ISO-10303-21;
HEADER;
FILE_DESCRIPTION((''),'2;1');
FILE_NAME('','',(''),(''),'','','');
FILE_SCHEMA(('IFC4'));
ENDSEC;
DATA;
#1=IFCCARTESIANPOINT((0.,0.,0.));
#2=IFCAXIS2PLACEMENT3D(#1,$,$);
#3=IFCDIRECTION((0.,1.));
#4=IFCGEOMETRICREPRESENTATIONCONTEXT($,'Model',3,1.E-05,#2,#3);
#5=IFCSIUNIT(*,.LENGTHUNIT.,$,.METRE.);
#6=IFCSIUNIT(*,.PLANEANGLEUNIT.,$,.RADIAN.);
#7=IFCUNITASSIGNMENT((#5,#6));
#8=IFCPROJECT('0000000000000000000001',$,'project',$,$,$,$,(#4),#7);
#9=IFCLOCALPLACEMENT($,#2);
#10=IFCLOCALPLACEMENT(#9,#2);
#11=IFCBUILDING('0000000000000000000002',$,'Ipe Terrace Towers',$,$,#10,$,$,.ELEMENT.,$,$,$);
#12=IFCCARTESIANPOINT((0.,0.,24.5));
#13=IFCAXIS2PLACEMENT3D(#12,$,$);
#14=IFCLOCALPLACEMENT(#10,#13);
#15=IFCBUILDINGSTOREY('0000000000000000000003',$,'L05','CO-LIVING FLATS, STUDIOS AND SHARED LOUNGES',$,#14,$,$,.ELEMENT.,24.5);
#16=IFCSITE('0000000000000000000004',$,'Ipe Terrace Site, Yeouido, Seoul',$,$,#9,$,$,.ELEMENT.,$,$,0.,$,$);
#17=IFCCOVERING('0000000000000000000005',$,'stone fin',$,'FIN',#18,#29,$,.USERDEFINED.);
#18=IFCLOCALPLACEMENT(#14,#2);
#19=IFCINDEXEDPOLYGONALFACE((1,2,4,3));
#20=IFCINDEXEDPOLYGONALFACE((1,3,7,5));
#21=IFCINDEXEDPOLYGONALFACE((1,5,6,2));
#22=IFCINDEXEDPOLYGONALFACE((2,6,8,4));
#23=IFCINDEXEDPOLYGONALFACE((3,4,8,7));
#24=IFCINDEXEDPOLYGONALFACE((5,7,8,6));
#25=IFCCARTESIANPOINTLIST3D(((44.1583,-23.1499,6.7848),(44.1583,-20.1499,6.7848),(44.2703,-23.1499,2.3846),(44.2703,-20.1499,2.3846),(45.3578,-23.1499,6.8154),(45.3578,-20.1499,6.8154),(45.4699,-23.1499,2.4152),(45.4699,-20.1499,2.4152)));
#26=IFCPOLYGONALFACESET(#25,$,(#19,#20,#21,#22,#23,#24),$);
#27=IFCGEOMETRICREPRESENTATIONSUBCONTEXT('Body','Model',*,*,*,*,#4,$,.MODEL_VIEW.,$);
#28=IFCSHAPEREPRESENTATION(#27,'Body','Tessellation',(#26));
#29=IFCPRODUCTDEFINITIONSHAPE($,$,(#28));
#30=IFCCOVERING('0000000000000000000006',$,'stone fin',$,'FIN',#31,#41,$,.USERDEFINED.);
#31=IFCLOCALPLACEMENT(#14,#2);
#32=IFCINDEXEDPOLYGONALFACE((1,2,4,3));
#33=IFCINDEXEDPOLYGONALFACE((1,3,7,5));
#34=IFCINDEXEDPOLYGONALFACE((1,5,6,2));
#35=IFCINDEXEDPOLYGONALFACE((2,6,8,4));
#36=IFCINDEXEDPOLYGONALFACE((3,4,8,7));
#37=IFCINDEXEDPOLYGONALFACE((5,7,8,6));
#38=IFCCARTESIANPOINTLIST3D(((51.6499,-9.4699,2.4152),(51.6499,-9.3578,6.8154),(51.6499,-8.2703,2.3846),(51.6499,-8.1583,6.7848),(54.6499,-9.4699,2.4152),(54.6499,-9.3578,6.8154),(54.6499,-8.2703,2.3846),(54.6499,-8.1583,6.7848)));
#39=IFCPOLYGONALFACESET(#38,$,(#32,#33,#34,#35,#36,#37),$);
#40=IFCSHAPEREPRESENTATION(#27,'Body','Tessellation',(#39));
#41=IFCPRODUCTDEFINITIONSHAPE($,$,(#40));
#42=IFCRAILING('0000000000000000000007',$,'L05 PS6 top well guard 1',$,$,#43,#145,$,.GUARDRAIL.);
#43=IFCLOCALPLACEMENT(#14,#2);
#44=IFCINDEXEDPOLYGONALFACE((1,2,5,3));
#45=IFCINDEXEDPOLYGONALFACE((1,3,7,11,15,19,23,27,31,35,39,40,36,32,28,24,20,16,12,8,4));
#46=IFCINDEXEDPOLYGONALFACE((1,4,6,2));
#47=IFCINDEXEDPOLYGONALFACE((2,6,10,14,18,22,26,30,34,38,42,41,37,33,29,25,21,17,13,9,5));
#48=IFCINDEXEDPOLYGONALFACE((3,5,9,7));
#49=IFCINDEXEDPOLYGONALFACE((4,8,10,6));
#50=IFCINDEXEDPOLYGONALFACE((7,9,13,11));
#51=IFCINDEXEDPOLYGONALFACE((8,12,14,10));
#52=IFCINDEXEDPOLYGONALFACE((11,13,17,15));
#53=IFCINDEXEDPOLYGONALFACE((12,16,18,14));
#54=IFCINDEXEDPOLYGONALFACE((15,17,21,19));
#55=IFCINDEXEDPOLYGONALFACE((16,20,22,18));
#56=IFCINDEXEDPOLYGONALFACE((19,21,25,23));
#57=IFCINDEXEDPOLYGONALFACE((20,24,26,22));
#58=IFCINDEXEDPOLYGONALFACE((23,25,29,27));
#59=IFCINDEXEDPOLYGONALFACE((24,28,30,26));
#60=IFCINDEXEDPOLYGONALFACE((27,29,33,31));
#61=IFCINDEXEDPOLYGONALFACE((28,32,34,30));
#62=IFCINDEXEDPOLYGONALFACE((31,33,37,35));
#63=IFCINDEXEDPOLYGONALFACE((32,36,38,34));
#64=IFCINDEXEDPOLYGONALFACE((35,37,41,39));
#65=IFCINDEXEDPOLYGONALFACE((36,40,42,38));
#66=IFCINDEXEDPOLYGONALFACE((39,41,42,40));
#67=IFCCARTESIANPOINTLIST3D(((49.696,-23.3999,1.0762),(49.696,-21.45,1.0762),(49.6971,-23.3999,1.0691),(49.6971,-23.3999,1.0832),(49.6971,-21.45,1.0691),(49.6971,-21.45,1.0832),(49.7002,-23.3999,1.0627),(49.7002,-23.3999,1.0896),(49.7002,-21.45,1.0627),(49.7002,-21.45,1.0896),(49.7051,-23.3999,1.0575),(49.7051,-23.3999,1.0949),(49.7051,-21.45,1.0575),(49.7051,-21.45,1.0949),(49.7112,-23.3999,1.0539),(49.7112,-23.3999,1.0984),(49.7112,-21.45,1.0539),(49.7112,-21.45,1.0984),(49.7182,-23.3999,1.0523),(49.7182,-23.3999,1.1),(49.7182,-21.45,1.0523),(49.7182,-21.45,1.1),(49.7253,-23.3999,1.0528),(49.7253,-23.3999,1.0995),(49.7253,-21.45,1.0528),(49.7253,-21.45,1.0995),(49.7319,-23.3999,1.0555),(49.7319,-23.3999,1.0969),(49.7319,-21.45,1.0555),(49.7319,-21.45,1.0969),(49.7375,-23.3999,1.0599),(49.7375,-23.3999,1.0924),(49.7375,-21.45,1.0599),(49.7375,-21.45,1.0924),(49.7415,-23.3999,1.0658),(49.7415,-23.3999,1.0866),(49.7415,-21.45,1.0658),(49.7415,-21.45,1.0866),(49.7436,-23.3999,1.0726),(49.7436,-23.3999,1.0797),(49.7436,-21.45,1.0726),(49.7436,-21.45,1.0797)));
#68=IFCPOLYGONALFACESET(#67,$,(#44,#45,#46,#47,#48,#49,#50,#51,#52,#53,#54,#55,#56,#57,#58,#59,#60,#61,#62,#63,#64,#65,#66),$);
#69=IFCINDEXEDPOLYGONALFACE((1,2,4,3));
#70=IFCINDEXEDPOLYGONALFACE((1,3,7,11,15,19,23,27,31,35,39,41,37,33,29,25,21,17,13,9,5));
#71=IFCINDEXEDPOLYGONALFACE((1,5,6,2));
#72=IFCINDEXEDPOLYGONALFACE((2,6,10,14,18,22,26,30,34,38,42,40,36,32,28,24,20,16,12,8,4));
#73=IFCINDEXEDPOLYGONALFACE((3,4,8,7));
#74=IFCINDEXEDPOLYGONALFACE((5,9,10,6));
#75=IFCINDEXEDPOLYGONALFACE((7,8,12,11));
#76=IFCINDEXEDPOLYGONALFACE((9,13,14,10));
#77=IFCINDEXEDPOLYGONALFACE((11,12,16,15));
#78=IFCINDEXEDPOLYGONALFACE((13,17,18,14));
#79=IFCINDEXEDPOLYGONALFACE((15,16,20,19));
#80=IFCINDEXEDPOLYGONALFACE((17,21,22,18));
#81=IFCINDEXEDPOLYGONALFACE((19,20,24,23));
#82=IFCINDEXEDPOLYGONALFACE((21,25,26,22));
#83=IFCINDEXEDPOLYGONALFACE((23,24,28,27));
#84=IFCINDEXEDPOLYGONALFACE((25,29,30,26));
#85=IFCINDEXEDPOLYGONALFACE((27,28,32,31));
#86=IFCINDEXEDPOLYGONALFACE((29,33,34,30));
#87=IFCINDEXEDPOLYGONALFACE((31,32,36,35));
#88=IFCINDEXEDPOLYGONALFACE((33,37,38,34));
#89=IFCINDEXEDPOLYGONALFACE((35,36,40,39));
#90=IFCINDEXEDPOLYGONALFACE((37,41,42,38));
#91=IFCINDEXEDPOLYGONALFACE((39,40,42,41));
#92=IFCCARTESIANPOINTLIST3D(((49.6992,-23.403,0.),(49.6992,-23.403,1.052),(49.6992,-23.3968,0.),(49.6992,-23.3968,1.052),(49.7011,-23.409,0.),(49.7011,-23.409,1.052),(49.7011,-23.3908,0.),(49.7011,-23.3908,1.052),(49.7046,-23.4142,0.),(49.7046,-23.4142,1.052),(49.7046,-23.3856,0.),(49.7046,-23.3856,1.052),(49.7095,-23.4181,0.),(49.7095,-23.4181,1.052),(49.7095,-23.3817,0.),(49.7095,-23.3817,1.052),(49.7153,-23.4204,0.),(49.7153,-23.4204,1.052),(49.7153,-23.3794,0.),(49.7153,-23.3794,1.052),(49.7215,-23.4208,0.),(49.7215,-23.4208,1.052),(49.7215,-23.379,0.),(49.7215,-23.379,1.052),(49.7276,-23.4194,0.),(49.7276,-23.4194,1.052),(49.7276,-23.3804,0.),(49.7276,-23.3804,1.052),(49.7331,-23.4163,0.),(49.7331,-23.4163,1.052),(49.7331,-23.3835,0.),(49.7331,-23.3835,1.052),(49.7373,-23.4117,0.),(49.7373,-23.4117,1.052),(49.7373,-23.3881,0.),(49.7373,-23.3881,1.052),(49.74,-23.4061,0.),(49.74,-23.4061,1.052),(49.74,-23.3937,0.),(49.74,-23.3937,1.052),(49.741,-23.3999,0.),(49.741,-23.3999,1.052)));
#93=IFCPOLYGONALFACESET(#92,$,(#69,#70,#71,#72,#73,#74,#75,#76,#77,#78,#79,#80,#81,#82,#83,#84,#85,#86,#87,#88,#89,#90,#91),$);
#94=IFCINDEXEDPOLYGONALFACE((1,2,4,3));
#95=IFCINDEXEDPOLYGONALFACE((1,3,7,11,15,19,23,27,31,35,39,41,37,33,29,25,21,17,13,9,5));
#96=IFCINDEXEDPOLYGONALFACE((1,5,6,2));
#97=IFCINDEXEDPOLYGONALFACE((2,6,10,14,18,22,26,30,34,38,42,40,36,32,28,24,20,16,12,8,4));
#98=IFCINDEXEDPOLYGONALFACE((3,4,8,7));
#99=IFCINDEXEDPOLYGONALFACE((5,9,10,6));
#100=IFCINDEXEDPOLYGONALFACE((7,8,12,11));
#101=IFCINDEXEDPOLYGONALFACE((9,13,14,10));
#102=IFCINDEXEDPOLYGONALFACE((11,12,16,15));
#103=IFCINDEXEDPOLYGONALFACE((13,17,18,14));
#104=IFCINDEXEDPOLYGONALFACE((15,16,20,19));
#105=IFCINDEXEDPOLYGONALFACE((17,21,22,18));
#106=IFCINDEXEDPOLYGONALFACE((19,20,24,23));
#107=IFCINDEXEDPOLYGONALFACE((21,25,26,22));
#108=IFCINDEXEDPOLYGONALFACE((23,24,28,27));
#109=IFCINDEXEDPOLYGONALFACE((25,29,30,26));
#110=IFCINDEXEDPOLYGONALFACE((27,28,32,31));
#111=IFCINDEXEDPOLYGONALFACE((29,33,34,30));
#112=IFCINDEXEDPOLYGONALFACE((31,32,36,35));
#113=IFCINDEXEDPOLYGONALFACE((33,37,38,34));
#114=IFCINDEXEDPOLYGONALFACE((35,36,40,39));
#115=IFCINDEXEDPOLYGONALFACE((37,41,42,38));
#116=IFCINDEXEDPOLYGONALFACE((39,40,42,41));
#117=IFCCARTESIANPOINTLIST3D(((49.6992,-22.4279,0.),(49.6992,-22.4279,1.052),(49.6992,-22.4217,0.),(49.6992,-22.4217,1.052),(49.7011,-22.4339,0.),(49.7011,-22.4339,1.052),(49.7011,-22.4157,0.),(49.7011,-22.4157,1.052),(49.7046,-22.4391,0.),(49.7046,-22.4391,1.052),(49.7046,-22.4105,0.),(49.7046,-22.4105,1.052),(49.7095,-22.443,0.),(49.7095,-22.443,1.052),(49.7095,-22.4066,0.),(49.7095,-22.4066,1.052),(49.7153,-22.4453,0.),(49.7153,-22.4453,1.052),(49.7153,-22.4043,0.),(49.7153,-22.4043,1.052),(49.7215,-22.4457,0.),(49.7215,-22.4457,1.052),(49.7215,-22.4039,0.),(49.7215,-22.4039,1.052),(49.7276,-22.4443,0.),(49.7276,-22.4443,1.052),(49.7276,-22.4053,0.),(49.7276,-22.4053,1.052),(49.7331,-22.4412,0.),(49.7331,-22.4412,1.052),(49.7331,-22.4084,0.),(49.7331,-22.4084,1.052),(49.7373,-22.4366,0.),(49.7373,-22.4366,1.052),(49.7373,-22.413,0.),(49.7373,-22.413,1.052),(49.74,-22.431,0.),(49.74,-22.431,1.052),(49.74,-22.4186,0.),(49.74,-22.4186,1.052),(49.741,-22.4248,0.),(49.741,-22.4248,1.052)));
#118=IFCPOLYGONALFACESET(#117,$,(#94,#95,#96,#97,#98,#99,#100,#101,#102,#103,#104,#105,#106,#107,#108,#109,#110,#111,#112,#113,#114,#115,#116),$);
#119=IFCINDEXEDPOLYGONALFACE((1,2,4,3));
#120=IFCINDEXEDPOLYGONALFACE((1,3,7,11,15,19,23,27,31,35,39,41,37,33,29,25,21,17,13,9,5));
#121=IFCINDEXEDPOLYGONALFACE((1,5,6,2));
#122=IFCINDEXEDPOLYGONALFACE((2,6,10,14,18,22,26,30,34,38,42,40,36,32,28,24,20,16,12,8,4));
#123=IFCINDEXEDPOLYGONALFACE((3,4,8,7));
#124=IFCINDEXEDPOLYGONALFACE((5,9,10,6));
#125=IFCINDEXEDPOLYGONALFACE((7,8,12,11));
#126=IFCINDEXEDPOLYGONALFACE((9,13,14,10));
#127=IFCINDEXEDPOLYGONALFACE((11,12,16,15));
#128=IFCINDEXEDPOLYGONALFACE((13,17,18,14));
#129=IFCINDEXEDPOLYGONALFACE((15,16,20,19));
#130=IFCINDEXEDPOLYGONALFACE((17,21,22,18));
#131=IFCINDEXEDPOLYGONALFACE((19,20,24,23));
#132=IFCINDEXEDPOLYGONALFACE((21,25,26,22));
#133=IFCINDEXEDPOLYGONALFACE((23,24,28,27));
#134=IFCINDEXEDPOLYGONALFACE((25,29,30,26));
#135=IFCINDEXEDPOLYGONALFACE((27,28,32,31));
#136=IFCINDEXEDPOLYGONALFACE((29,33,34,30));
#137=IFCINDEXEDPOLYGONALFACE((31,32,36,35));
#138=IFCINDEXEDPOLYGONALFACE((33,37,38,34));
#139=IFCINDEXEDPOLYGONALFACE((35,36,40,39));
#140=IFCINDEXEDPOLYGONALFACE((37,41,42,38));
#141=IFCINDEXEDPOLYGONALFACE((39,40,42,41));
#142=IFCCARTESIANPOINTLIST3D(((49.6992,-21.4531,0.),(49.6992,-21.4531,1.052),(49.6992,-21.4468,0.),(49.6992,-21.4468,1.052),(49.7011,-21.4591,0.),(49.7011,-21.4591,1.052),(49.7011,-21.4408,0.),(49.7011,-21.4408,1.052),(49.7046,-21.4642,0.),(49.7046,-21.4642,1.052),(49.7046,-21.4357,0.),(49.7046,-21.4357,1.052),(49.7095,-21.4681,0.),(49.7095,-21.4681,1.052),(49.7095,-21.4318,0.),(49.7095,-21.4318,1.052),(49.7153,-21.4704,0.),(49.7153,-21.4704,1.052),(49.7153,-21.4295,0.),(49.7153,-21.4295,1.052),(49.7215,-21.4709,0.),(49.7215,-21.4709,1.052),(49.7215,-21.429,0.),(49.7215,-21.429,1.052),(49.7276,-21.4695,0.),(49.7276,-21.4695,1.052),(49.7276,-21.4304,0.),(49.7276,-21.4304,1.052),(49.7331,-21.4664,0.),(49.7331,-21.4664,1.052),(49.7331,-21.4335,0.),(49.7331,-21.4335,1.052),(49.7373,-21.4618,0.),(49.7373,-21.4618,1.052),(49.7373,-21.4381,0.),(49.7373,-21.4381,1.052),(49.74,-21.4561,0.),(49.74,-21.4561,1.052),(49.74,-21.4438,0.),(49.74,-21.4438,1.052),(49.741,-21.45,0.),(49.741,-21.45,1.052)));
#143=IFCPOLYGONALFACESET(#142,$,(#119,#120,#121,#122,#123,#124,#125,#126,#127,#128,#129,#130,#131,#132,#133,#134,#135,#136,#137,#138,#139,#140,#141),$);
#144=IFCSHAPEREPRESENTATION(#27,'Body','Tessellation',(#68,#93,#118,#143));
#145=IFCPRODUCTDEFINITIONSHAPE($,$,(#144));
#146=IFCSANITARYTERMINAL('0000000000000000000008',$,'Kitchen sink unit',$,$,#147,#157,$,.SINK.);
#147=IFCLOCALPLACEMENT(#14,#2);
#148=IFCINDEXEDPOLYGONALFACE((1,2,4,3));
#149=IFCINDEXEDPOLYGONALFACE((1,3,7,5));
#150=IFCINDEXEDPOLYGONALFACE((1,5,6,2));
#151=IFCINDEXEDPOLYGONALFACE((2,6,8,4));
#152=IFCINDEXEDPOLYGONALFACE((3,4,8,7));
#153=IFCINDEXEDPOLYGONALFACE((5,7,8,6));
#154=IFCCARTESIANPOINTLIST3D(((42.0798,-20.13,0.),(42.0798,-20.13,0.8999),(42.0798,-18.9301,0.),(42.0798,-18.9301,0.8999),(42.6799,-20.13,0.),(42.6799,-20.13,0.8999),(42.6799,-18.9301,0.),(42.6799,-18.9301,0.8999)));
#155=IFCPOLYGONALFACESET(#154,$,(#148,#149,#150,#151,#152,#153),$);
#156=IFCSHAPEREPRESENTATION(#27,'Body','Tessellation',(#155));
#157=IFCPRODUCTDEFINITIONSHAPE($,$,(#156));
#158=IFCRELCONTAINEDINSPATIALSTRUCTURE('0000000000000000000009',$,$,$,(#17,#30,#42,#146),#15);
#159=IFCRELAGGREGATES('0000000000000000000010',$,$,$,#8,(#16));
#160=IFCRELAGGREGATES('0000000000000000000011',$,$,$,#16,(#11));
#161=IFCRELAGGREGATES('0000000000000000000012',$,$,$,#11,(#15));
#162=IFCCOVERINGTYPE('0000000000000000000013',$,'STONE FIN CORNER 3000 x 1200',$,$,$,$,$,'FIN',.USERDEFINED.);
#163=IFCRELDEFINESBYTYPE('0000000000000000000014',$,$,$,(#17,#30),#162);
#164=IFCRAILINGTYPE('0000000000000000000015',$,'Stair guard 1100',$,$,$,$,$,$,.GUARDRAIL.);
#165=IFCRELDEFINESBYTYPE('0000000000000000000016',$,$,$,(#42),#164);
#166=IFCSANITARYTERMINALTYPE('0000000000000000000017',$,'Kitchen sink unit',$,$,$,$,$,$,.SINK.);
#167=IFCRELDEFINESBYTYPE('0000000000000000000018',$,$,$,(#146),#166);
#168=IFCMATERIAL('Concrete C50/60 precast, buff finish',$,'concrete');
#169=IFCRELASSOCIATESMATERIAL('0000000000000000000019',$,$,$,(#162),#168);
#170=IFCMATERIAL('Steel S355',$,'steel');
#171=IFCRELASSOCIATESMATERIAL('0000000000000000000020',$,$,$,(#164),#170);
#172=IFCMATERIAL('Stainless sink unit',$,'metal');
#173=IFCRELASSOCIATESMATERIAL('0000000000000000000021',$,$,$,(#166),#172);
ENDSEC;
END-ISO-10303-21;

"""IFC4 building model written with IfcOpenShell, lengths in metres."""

from ifc_helpers import new_model, si_unit, direction, frame, origin, origin_2d, place, context, subcontext, project, spatial, rectangle, circle, extrude, material, material_profile, profile_set, type_object, element, save


model = new_model("IFC4")

# Units and contexts
model_context = context("Model", 3, precision=1e-05, world=origin(), true_north=direction((0.0, 1.0)))
body_context = subcontext(model_context, "Body", "Model", "MODEL_VIEW")
ifc_project = project(units=[si_unit("LENGTHUNIT", "METRE"), si_unit("PLANEANGLEUNIT", "RADIAN")], contexts=[model_context])

# Site, building, storey
site_placement = place(None, origin())
site = spatial("IfcSite", under=ifc_project, at=site_placement, Name="Ipe Terrace Site, Yeouido, Seoul", CompositionType="ELEMENT", RefElevation=0.0)
building_placement = place(site_placement, origin())
building = spatial("IfcBuilding", under=site, at=building_placement, Name="Ipe Terrace Towers", CompositionType="ELEMENT")
storey_placement = place(building_placement, frame((0.0, 0.0, 24.5)))
storey = spatial("IfcBuildingStorey", under=building, at=storey_placement, Name="L05", Description="CO-LIVING FLATS, STUDIOS AND SHARED LOUNGES", CompositionType="ELEMENT", Elevation=24.5)

# Coverings
ifc_material_1 = material(Name="Concrete C50/60 precast, buff finish", Category="concrete")
ifc_material_profile_1 = material_profile(ifc_material_1, rectangle(XDim=3.0, YDim=1.2, at=origin_2d()), Name="STONE FIN CORNER 3000 x 1200")
ifc_profile_set_1 = profile_set([ifc_material_profile_1], Name="Concrete C50/60 precast, buff finish")
covering_type_1 = type_object("IfcCoveringType", Name="STONE FIN CORNER 3000 x 1200", ElementType="FIN", PredefinedType="USERDEFINED", material=ifc_profile_set_1)
for number, where, z_axis, x_axis, name in (
    (1, (44.8701, -21.6499, 2.3999), (-0.025459, 0.0, 0.999676), (0.0, 1.0, 0.0), "stone fin"),
    (2, (53.1499, -8.8701, 2.3999), (0.0, 0.025459, 0.999676), (1.0, 0.0, 0.0), "stone fin"),
):
    element("IfcCovering", number, at=place(storey_placement, frame(where, z_axis=z_axis, x_axis=x_axis)), inside=storey, type_object=covering_type_1, Name=name, ObjectType="FIN", PredefinedType="USERDEFINED", context=body_context, shape_type="SweptSolid", body=[
        extrude(rectangle(XDim=3.0, YDim=1.2, at=origin_2d()), origin(), (0.0, 0.0, 1.0), 4.4016),
    ])

# Railing
ifc_material_2 = material(Name="Steel S355", Category="steel")
railing_type = type_object("IfcRailingType", Name="Stair guard 1100", PredefinedType="GUARDRAIL", material=ifc_material_2)
railing_placement = place(storey_placement, frame((49.72, -23.3999, 0.0)))
element("IfcRailing", 3, at=railing_placement, inside=storey, type_object=railing_type, Name="L05 PS6 top well guard 1", PredefinedType="GUARDRAIL", context=body_context, shape_type="SweptSolid", body=[
    extrude(circle(Radius=0.0239, at=origin_2d()), frame((0.0, 0.0, 1.0762), z_axis=(0.0, 1.0, 0.0), x_axis=(-1.0, 0.0, 0.0)), (0.0, 0.0, 1.0), 1.95),
    extrude(circle(Radius=0.021, at=origin_2d()), origin(), (0.0, 0.0, 1.0), 1.052),
    extrude(circle(Radius=0.021, at=origin_2d()), frame((0.0, 0.9751, 0.0)), (0.0, 0.0, 1.0), 1.052),
    extrude(circle(Radius=0.021, at=origin_2d()), frame((0.0, 1.95, 0.0)), (0.0, 0.0, 1.0), 1.052),
])

# Sanitary terminal
ifc_material_3 = material(Name="Stainless sink unit", Category="metal")
sanitary_terminal_type = type_object("IfcSanitaryTerminalType", Name="Kitchen sink unit", PredefinedType="SINK", material=ifc_material_3)
sanitary_terminal_placement = place(storey_placement, frame((42.3799, -19.53, 0.0), z_axis=(0.0, 0.0, 1.0), x_axis=(0.0, -1.0, 0.0)))
element("IfcSanitaryTerminal", 4, at=sanitary_terminal_placement, inside=storey, type_object=sanitary_terminal_type, Name="Kitchen sink unit", PredefinedType="SINK", context=body_context, shape_type="SweptSolid", body=[
    extrude(rectangle(XDim=1.2, YDim=0.6001, at=origin_2d()), origin(), (0.0, 0.0, 1.0), 0.8999),
])

save(model, "model.ifc")
